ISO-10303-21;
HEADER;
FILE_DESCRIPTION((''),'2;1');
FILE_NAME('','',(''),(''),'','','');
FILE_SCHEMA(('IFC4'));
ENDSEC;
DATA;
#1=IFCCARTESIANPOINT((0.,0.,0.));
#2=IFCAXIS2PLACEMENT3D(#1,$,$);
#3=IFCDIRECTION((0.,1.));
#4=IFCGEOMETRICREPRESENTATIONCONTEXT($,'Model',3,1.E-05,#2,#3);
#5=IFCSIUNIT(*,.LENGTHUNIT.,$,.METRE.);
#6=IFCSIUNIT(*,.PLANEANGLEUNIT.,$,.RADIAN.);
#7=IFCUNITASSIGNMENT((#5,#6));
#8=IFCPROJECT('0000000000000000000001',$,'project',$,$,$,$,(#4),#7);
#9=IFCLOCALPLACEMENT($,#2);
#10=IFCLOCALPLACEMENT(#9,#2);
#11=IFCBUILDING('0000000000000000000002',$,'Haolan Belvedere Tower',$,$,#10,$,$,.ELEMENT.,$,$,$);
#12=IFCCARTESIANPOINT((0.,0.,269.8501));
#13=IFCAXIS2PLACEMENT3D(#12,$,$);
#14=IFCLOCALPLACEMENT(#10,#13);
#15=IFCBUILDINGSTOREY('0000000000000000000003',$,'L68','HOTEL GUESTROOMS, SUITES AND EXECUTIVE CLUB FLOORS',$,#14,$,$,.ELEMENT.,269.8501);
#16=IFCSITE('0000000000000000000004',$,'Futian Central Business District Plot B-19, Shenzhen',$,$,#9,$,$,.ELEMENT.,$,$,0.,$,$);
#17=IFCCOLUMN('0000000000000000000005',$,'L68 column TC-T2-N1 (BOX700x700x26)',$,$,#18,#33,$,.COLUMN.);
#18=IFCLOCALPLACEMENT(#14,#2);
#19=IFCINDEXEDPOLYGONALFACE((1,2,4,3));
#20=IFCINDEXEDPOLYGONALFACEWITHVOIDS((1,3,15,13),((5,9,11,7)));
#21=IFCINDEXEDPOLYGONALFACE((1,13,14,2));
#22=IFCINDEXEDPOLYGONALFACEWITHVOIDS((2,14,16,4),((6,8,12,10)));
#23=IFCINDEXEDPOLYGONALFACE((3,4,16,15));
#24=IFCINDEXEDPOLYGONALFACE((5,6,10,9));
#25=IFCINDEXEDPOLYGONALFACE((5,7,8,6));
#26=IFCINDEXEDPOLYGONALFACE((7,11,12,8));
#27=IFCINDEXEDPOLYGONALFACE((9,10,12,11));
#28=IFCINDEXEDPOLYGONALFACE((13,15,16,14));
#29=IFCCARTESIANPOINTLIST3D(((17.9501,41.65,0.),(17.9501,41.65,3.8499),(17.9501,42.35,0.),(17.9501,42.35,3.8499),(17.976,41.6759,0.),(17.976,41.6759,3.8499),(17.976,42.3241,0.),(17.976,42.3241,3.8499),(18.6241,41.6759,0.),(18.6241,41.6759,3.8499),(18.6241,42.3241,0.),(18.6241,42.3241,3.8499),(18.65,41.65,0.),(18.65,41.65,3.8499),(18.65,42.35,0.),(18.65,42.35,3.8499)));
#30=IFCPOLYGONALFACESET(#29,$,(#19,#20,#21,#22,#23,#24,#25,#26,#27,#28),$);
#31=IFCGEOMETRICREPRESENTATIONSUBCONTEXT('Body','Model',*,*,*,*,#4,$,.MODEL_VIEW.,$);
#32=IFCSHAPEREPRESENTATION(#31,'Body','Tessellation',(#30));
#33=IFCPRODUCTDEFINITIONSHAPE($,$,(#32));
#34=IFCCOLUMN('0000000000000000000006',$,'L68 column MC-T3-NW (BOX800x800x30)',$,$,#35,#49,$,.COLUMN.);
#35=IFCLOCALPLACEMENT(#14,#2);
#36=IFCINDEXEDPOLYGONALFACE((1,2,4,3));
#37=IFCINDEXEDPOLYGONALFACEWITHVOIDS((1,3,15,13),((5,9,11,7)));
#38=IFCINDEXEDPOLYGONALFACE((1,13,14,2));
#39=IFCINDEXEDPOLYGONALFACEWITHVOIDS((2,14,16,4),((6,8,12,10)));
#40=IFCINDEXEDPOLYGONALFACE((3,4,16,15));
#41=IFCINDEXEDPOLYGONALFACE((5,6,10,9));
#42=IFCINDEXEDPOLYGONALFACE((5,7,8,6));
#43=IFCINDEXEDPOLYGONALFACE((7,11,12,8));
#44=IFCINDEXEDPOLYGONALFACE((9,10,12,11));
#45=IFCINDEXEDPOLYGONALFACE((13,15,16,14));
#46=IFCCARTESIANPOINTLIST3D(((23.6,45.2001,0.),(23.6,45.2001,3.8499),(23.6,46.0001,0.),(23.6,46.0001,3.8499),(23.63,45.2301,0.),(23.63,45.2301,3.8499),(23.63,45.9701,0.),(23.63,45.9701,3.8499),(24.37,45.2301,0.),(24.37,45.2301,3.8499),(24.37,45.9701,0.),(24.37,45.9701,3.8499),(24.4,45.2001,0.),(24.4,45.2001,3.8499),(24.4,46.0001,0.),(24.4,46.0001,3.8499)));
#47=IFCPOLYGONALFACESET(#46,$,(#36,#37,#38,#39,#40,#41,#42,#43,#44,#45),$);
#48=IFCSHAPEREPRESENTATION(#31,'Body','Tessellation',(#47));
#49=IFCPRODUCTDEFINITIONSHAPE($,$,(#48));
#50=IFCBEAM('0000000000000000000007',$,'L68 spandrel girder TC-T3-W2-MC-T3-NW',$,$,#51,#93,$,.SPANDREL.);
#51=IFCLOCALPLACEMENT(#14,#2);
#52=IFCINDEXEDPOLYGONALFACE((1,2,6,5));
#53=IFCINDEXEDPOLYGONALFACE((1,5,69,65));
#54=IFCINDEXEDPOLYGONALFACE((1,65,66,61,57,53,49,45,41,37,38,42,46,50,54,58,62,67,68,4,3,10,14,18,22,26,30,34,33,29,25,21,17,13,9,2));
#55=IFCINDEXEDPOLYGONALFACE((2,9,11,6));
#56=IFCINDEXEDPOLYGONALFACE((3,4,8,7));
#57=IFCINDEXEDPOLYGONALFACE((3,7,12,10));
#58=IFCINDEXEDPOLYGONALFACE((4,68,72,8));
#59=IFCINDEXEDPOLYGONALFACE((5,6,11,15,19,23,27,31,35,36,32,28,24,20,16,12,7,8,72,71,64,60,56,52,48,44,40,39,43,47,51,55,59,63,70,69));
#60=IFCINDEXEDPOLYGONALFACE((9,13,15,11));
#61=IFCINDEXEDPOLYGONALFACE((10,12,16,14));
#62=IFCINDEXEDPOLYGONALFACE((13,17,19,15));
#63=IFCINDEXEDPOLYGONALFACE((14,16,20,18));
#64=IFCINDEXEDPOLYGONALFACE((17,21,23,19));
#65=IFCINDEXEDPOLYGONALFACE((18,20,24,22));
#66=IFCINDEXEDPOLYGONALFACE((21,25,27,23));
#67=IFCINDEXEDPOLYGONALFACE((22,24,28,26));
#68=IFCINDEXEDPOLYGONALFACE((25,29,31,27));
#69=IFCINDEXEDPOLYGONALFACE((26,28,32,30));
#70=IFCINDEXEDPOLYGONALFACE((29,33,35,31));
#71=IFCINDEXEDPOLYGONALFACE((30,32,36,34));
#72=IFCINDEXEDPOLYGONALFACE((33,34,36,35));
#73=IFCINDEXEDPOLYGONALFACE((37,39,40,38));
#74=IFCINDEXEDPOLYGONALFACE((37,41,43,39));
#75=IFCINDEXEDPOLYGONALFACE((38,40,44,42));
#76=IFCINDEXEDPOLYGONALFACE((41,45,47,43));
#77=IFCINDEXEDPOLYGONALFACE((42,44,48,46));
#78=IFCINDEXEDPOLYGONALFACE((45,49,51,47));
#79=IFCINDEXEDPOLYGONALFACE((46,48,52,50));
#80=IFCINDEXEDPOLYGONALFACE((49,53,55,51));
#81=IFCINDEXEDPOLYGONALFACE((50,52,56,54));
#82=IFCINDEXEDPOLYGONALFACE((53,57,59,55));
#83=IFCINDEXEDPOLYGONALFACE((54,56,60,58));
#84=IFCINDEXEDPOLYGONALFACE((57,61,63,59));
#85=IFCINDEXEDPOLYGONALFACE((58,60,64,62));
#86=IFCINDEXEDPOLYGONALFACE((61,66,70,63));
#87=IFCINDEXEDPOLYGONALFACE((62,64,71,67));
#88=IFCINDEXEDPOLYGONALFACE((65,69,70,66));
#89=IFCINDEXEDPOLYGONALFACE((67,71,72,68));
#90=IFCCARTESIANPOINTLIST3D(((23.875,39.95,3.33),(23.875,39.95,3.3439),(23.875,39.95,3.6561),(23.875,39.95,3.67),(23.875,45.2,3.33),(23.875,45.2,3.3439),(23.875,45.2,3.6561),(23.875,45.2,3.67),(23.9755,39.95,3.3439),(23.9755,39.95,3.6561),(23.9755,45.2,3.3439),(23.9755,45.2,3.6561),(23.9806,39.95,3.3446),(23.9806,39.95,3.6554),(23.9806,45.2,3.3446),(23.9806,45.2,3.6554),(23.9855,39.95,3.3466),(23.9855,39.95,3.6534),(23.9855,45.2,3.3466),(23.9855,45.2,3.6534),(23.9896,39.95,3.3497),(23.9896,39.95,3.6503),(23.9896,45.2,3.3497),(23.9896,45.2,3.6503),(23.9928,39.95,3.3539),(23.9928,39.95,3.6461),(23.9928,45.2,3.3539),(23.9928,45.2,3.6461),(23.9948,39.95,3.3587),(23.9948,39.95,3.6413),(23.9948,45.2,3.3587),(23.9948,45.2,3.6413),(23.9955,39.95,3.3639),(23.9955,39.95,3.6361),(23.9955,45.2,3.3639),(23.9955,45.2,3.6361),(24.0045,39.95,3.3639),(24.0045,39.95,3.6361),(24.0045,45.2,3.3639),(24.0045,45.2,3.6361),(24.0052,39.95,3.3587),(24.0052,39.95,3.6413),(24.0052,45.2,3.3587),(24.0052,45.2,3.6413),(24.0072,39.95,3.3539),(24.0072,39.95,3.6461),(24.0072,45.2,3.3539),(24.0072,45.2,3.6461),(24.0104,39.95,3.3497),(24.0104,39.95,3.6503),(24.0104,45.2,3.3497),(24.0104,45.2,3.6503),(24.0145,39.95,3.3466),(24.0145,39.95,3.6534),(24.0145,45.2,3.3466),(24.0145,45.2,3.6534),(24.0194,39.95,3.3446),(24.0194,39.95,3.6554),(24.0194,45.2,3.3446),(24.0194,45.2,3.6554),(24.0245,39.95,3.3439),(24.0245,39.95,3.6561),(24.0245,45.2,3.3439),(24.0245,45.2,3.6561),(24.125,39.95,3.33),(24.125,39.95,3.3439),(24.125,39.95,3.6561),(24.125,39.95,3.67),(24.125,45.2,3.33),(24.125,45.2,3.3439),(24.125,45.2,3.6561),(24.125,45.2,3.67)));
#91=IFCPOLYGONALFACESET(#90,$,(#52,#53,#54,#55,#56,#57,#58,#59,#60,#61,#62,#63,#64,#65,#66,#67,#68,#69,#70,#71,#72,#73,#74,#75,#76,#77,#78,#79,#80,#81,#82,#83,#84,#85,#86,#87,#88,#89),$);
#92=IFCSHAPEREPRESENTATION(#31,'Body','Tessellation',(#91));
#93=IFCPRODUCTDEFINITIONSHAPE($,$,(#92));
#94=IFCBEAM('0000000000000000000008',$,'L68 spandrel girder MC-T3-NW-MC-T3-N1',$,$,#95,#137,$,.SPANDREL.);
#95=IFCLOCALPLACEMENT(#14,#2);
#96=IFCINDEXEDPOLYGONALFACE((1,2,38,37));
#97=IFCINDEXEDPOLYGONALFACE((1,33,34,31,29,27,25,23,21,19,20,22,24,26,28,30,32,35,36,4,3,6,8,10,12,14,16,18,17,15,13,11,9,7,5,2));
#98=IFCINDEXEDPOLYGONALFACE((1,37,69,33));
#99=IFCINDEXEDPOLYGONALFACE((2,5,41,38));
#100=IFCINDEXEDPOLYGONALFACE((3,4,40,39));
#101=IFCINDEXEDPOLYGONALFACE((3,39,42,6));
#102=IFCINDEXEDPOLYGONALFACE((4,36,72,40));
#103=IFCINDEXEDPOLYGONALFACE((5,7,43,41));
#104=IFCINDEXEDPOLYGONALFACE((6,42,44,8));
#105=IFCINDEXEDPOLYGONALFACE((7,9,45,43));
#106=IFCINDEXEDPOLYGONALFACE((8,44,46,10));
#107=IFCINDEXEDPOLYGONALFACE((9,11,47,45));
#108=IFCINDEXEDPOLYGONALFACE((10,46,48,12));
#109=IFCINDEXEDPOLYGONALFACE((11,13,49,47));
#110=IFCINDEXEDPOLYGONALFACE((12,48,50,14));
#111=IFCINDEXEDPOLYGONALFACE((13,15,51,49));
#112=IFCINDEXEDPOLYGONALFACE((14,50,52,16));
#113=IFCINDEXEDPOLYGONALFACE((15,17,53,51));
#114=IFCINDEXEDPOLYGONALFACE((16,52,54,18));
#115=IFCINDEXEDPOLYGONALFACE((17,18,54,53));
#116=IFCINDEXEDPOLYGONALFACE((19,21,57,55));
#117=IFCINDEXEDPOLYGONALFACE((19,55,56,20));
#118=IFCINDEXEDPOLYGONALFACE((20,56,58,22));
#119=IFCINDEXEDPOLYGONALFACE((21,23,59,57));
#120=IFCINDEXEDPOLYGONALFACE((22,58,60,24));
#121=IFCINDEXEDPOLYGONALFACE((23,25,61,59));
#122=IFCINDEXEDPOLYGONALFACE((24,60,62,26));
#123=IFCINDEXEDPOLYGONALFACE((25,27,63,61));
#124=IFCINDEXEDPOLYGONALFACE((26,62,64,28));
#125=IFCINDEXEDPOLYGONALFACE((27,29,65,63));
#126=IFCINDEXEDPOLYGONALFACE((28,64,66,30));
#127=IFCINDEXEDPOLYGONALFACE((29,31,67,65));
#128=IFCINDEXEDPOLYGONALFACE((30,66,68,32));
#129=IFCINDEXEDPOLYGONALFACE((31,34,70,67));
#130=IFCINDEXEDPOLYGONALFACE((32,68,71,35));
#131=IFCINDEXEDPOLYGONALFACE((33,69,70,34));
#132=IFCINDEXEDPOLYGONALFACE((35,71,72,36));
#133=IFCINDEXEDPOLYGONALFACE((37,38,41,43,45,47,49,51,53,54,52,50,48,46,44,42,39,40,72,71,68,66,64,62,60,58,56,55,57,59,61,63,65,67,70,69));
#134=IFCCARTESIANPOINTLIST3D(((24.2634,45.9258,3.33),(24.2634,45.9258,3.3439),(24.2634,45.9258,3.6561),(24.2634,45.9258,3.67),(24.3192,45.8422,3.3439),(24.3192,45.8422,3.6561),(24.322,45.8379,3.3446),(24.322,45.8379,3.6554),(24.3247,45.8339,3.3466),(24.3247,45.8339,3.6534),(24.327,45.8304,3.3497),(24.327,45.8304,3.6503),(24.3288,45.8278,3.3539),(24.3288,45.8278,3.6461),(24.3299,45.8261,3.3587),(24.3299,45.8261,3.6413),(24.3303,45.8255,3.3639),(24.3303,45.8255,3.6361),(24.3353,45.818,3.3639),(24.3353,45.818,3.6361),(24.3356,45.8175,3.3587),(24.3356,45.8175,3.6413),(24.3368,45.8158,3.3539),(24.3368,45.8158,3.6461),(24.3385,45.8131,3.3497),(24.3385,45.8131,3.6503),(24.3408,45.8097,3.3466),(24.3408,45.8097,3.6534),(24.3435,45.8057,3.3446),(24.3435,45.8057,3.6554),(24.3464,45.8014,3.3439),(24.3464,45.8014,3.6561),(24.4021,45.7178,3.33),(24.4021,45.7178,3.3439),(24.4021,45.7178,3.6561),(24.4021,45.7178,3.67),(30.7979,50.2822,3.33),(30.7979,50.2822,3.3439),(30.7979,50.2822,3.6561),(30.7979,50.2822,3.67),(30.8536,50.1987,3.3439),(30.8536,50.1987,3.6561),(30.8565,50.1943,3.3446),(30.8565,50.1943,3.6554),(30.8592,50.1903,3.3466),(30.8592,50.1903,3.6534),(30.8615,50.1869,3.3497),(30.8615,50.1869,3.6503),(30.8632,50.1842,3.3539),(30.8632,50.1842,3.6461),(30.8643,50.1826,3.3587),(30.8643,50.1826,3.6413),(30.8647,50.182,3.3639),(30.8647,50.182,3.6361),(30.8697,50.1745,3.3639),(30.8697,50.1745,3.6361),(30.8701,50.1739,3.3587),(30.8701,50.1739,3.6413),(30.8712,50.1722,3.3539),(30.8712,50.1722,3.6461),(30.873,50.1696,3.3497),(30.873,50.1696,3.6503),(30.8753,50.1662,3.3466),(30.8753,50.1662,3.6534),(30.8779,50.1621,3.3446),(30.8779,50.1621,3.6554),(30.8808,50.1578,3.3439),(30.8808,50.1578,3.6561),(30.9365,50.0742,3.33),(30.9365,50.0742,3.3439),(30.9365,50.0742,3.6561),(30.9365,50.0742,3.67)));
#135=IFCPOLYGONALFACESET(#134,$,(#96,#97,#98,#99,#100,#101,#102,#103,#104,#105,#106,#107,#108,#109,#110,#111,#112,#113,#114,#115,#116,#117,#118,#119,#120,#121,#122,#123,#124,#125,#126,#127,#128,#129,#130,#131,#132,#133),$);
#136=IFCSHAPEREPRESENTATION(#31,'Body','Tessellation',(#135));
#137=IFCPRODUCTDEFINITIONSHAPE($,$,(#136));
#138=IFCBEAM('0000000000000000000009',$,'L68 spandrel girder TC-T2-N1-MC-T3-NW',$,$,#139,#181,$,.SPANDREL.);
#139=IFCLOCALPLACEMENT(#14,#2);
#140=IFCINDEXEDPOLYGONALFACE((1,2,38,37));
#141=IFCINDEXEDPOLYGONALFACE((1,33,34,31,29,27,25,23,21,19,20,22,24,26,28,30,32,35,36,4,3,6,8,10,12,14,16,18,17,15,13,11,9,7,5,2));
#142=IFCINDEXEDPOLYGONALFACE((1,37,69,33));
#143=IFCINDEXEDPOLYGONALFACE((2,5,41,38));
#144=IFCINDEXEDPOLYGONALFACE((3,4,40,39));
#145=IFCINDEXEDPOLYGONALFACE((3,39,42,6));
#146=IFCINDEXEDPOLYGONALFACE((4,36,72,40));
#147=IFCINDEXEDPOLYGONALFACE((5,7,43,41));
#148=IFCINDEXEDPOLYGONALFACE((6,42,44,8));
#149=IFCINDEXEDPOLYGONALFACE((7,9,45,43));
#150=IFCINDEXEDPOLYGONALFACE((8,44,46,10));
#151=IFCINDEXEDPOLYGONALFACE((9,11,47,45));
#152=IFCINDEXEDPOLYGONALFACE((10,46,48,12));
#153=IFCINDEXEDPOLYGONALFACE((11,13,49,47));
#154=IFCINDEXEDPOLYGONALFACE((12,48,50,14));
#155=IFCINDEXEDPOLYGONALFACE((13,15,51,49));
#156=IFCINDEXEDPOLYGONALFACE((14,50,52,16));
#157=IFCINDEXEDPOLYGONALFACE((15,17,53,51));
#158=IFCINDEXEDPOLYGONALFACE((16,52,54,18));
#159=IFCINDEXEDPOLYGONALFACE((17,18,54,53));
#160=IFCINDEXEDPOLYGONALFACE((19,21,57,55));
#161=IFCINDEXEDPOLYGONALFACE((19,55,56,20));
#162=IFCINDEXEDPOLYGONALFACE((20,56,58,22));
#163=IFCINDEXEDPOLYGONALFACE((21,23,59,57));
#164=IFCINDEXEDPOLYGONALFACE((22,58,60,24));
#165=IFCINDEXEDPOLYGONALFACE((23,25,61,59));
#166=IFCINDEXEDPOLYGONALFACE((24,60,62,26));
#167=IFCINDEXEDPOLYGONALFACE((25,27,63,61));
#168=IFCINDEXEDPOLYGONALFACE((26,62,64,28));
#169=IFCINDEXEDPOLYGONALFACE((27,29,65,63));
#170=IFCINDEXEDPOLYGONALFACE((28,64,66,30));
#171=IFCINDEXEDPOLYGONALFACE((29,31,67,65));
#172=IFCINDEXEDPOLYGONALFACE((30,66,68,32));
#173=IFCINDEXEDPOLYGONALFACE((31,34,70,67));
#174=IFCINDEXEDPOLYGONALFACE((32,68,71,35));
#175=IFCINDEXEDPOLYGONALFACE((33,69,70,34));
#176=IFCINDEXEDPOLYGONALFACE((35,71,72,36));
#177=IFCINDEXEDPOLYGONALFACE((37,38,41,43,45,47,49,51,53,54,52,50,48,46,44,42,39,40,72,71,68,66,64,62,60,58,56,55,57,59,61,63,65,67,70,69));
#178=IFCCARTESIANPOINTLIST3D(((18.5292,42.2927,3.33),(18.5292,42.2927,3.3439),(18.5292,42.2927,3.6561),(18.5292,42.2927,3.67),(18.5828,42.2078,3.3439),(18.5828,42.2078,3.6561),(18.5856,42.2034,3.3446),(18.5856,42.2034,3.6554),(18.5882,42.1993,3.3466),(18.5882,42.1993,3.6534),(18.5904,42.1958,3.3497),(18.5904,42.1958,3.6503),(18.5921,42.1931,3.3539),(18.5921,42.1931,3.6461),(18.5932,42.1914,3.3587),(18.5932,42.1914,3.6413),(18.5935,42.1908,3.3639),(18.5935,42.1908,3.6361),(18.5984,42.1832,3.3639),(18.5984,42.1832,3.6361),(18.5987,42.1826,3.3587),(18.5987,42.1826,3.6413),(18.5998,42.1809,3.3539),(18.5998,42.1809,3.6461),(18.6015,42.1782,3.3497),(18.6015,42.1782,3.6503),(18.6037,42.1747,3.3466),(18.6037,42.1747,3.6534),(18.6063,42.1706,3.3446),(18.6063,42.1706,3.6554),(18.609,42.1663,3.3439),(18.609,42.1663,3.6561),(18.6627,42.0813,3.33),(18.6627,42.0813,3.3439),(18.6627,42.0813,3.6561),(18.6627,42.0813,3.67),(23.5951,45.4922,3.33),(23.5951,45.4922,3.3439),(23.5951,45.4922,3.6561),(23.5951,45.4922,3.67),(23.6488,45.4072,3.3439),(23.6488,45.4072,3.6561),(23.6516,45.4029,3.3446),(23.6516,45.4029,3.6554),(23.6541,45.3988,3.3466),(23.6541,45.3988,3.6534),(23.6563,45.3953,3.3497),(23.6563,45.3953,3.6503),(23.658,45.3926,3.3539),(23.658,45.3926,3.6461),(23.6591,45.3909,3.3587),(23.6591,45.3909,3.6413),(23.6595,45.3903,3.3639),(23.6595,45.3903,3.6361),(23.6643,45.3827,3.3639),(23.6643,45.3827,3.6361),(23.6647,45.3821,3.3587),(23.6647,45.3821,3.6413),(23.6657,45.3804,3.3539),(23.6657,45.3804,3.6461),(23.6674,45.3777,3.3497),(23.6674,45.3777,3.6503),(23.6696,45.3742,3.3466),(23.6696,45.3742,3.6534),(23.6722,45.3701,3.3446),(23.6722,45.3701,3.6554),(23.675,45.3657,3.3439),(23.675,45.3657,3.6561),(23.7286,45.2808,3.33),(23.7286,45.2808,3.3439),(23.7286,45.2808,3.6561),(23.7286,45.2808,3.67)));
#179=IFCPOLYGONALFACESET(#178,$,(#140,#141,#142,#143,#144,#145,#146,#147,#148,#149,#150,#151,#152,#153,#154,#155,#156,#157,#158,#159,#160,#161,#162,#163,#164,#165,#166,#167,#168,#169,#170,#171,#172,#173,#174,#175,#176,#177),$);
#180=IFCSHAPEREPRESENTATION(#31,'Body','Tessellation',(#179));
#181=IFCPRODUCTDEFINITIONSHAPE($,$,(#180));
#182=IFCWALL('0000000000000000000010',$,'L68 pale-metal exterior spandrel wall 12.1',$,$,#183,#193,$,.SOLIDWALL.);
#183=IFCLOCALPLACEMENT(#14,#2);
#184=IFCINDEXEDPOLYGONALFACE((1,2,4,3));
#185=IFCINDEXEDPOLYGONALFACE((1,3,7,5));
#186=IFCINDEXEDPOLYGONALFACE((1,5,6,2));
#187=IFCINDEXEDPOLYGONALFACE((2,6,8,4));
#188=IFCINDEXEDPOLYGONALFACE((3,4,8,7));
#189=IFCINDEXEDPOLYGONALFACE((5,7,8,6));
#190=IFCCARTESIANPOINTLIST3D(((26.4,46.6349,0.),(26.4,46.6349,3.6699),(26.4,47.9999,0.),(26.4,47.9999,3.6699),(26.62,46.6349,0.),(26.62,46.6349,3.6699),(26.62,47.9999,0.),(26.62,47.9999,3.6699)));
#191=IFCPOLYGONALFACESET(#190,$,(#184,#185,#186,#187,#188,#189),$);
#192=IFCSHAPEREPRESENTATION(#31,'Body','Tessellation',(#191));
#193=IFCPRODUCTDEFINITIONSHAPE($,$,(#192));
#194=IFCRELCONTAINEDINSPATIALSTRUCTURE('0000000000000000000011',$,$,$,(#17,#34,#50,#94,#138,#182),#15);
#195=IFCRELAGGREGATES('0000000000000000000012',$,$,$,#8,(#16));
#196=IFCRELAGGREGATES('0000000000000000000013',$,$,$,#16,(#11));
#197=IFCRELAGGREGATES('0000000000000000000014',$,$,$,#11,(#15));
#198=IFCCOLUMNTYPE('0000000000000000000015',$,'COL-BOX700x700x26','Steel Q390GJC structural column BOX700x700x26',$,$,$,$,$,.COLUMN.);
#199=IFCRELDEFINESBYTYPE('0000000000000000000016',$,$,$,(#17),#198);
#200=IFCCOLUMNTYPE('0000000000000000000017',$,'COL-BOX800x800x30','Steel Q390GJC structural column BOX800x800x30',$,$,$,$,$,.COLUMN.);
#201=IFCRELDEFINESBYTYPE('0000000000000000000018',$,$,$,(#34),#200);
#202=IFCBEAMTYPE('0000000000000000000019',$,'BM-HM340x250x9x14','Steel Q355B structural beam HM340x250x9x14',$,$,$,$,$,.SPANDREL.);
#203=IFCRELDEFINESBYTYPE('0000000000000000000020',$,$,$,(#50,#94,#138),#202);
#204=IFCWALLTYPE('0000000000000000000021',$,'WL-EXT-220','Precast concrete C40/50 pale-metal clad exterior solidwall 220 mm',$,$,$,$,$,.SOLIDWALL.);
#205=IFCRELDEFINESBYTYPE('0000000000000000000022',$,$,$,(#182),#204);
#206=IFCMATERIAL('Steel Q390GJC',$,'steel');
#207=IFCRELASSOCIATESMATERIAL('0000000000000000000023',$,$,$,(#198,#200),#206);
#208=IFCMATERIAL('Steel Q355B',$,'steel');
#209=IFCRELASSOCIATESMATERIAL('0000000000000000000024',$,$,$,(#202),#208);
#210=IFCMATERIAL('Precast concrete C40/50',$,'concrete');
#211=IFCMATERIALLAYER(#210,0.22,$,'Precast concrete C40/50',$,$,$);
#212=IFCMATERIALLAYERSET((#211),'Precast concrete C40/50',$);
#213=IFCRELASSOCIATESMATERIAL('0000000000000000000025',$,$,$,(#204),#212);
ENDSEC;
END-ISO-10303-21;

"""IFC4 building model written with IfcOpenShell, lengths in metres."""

from ifc_helpers import new_model, si_unit, direction, frame, frame_2d, origin, origin_2d, place, context, subcontext, project, spatial, rectangle, hollow_rectangle, i_section, extrude, material, layer, layer_set, material_profile, profile_set, type_object, element, save


model = new_model("IFC4")

# Units and contexts
model_context = context("Model", 3, precision=1e-05, world=origin(), true_north=direction((0.0, 1.0)))
body_context = subcontext(model_context, "Body", "Model", "MODEL_VIEW")
ifc_project = project(units=[si_unit("LENGTHUNIT", "METRE"), si_unit("PLANEANGLEUNIT", "RADIAN")], contexts=[model_context])

# Site, building, storey
site_placement = place(None, origin())
site = spatial("IfcSite", under=ifc_project, at=site_placement, Name="Futian Central Business District Plot B-19, Shenzhen", CompositionType="ELEMENT", RefElevation=0.0)
building_placement = place(site_placement, origin())
building = spatial("IfcBuilding", under=site, at=building_placement, Name="Haolan Belvedere Tower", CompositionType="ELEMENT")
storey_placement = place(building_placement, frame((0.0, 0.0, 269.8501)))
storey = spatial("IfcBuildingStorey", under=building, at=storey_placement, Name="L68", Description="HOTEL GUESTROOMS, SUITES AND EXECUTIVE CLUB FLOORS", CompositionType="ELEMENT", Elevation=269.8501)

# Columns
ifc_material_1 = material(Name="Steel Q390GJC", Category="steel")
ifc_material_profile_1 = material_profile(ifc_material_1, hollow_rectangle(XDim=0.7, YDim=0.7, WallThickness=0.0259, at=origin_2d()), Name="Steel Q390GJC")
ifc_profile_set_1 = profile_set([ifc_material_profile_1], Name="Steel Q390GJC")
column_type_1 = type_object("IfcColumnType", Name="COL-BOX700x700x26", Description="Steel Q390GJC structural column BOX700x700x26", PredefinedType="COLUMN", material=ifc_profile_set_1)
column_1_placement = place(storey_placement, frame((18.3, 42.0, 0.0), z_axis=(0.0, 0.0, 1.0), x_axis=(1.0, 0.0, 0.0)))
element("IfcColumn", 1, at=column_1_placement, inside=storey, type_object=column_type_1, Name="L68 column TC-T2-N1 (BOX700x700x26)", PredefinedType="COLUMN", context=body_context, shape_type="SweptSolid", body=[
    extrude(hollow_rectangle(XDim=0.7, YDim=0.7, WallThickness=0.0259, at=origin_2d()), origin(), (0.0, 0.0, 1.0), 3.8499),
])
ifc_material_profile_2 = material_profile(ifc_material_1, hollow_rectangle(XDim=0.8, YDim=0.8, WallThickness=0.03, at=origin_2d()), Name="Steel Q390GJC")
ifc_profile_set_2 = profile_set([ifc_material_profile_2], Name="Steel Q390GJC")
column_type_2 = type_object("IfcColumnType", Name="COL-BOX800x800x30", Description="Steel Q390GJC structural column BOX800x800x30", PredefinedType="COLUMN", material=ifc_profile_set_2)
column_2_placement = place(storey_placement, frame((24.0, 45.6001, 0.0), z_axis=(0.0, 0.0, 1.0), x_axis=(1.0, 0.0, 0.0)))
element("IfcColumn", 2, at=column_2_placement, inside=storey, type_object=column_type_2, Name="L68 column MC-T3-NW (BOX800x800x30)", PredefinedType="COLUMN", context=body_context, shape_type="SweptSolid", body=[
    extrude(hollow_rectangle(XDim=0.8, YDim=0.8, WallThickness=0.03, at=origin_2d()), origin(), (0.0, 0.0, 1.0), 3.8499),
])

# Beams
ifc_material_2 = material(Name="Steel Q355B", Category="steel")
ifc_material_profile_3 = material_profile(ifc_material_2, i_section(OverallWidth=0.25, OverallDepth=0.3401, WebThickness=0.009, FlangeThickness=0.0139, FilletRadius=0.02, at=origin_2d()), Name="Steel Q355B")
ifc_profile_set_3 = profile_set([ifc_material_profile_3], Name="Steel Q355B")
beam_type = type_object("IfcBeamType", Name="BM-HM340x250x9x14", Description="Steel Q355B structural beam HM340x250x9x14", PredefinedType="SPANDREL", material=ifc_profile_set_3)
beam_1_placement = place(storey_placement, frame((24.0, 39.95, 3.5), z_axis=(0.0, 1.0, 0.0), x_axis=(-1.0, 0.0, 0.0)))
element("IfcBeam", 3, at=beam_1_placement, inside=storey, type_object=beam_type, Name="L68 spandrel girder TC-T3-W2-MC-T3-NW", PredefinedType="SPANDREL", context=body_context, shape_type="SweptSolid", body=[
    extrude(i_section(OverallWidth=0.25, OverallDepth=0.3401, WebThickness=0.009, FlangeThickness=0.0139, FilletRadius=0.02, at=origin_2d()), origin(), (0.0, 0.0, 1.0), 5.25),
])
beam_2_placement = place(storey_placement, frame((24.3328, 45.8218, 3.5), z_axis=(0.832041, 0.554715, 0.0), x_axis=(-0.554715, 0.832041, 0.0)))
element("IfcBeam", 4, at=beam_2_placement, inside=storey, type_object=beam_type, Name="L68 spandrel girder MC-T3-NW-MC-T3-N1", PredefinedType="SPANDREL", context=body_context, shape_type="SweptSolid", body=[
    extrude(i_section(OverallWidth=0.25, OverallDepth=0.3401, WebThickness=0.009, FlangeThickness=0.0139, FilletRadius=0.02, at=origin_2d()), origin(), (0.0, 0.0, 1.0), 7.8535),
])
beam_3_placement = place(storey_placement, frame((18.5959, 42.187, 3.5), z_axis=(0.845494, 0.533985, 0.0), x_axis=(-0.533985, 0.845494, 0.0)))
element("IfcBeam", 5, at=beam_3_placement, inside=storey, type_object=beam_type, Name="L68 spandrel girder TC-T2-N1-MC-T3-NW", PredefinedType="SPANDREL", context=body_context, shape_type="SweptSolid", body=[
    extrude(i_section(OverallWidth=0.25, OverallDepth=0.3401, WebThickness=0.009, FlangeThickness=0.0139, FilletRadius=0.02, at=origin_2d()), origin(), (0.0, 0.0, 1.0), 5.9917),
])

# Wall
ifc_material_3 = material(Name="Precast concrete C40/50", Category="concrete")
ifc_layer_1 = layer(ifc_material_3, 0.22, Name="Precast concrete C40/50")
ifc_layer_set_1 = layer_set([ifc_layer_1], Name="Precast concrete C40/50")
wall_type_1 = type_object("IfcWallType", Name="WL-EXT-220", Description="Precast concrete C40/50 pale-metal clad exterior solidwall 220 mm", PredefinedType="SOLIDWALL", material=ifc_layer_set_1)
wall_1_placement = place(storey_placement, frame((26.51, 48.0, 0.0), z_axis=(0.0, 0.0, 1.0), x_axis=(0.0, -1.0, 0.0)))
element("IfcWall", 6, at=wall_1_placement, inside=storey, type_object=wall_type_1, Name="L68 pale-metal exterior spandrel wall 12.1", PredefinedType="SOLIDWALL", context=body_context, shape_type="SweptSolid", body=[
    extrude(rectangle(XDim=1.365, YDim=0.22, at=frame_2d((0.6826, 0.0))), origin(), (0.0, 0.0, 1.0), 3.6699),
])

save(model, "model.ifc")
